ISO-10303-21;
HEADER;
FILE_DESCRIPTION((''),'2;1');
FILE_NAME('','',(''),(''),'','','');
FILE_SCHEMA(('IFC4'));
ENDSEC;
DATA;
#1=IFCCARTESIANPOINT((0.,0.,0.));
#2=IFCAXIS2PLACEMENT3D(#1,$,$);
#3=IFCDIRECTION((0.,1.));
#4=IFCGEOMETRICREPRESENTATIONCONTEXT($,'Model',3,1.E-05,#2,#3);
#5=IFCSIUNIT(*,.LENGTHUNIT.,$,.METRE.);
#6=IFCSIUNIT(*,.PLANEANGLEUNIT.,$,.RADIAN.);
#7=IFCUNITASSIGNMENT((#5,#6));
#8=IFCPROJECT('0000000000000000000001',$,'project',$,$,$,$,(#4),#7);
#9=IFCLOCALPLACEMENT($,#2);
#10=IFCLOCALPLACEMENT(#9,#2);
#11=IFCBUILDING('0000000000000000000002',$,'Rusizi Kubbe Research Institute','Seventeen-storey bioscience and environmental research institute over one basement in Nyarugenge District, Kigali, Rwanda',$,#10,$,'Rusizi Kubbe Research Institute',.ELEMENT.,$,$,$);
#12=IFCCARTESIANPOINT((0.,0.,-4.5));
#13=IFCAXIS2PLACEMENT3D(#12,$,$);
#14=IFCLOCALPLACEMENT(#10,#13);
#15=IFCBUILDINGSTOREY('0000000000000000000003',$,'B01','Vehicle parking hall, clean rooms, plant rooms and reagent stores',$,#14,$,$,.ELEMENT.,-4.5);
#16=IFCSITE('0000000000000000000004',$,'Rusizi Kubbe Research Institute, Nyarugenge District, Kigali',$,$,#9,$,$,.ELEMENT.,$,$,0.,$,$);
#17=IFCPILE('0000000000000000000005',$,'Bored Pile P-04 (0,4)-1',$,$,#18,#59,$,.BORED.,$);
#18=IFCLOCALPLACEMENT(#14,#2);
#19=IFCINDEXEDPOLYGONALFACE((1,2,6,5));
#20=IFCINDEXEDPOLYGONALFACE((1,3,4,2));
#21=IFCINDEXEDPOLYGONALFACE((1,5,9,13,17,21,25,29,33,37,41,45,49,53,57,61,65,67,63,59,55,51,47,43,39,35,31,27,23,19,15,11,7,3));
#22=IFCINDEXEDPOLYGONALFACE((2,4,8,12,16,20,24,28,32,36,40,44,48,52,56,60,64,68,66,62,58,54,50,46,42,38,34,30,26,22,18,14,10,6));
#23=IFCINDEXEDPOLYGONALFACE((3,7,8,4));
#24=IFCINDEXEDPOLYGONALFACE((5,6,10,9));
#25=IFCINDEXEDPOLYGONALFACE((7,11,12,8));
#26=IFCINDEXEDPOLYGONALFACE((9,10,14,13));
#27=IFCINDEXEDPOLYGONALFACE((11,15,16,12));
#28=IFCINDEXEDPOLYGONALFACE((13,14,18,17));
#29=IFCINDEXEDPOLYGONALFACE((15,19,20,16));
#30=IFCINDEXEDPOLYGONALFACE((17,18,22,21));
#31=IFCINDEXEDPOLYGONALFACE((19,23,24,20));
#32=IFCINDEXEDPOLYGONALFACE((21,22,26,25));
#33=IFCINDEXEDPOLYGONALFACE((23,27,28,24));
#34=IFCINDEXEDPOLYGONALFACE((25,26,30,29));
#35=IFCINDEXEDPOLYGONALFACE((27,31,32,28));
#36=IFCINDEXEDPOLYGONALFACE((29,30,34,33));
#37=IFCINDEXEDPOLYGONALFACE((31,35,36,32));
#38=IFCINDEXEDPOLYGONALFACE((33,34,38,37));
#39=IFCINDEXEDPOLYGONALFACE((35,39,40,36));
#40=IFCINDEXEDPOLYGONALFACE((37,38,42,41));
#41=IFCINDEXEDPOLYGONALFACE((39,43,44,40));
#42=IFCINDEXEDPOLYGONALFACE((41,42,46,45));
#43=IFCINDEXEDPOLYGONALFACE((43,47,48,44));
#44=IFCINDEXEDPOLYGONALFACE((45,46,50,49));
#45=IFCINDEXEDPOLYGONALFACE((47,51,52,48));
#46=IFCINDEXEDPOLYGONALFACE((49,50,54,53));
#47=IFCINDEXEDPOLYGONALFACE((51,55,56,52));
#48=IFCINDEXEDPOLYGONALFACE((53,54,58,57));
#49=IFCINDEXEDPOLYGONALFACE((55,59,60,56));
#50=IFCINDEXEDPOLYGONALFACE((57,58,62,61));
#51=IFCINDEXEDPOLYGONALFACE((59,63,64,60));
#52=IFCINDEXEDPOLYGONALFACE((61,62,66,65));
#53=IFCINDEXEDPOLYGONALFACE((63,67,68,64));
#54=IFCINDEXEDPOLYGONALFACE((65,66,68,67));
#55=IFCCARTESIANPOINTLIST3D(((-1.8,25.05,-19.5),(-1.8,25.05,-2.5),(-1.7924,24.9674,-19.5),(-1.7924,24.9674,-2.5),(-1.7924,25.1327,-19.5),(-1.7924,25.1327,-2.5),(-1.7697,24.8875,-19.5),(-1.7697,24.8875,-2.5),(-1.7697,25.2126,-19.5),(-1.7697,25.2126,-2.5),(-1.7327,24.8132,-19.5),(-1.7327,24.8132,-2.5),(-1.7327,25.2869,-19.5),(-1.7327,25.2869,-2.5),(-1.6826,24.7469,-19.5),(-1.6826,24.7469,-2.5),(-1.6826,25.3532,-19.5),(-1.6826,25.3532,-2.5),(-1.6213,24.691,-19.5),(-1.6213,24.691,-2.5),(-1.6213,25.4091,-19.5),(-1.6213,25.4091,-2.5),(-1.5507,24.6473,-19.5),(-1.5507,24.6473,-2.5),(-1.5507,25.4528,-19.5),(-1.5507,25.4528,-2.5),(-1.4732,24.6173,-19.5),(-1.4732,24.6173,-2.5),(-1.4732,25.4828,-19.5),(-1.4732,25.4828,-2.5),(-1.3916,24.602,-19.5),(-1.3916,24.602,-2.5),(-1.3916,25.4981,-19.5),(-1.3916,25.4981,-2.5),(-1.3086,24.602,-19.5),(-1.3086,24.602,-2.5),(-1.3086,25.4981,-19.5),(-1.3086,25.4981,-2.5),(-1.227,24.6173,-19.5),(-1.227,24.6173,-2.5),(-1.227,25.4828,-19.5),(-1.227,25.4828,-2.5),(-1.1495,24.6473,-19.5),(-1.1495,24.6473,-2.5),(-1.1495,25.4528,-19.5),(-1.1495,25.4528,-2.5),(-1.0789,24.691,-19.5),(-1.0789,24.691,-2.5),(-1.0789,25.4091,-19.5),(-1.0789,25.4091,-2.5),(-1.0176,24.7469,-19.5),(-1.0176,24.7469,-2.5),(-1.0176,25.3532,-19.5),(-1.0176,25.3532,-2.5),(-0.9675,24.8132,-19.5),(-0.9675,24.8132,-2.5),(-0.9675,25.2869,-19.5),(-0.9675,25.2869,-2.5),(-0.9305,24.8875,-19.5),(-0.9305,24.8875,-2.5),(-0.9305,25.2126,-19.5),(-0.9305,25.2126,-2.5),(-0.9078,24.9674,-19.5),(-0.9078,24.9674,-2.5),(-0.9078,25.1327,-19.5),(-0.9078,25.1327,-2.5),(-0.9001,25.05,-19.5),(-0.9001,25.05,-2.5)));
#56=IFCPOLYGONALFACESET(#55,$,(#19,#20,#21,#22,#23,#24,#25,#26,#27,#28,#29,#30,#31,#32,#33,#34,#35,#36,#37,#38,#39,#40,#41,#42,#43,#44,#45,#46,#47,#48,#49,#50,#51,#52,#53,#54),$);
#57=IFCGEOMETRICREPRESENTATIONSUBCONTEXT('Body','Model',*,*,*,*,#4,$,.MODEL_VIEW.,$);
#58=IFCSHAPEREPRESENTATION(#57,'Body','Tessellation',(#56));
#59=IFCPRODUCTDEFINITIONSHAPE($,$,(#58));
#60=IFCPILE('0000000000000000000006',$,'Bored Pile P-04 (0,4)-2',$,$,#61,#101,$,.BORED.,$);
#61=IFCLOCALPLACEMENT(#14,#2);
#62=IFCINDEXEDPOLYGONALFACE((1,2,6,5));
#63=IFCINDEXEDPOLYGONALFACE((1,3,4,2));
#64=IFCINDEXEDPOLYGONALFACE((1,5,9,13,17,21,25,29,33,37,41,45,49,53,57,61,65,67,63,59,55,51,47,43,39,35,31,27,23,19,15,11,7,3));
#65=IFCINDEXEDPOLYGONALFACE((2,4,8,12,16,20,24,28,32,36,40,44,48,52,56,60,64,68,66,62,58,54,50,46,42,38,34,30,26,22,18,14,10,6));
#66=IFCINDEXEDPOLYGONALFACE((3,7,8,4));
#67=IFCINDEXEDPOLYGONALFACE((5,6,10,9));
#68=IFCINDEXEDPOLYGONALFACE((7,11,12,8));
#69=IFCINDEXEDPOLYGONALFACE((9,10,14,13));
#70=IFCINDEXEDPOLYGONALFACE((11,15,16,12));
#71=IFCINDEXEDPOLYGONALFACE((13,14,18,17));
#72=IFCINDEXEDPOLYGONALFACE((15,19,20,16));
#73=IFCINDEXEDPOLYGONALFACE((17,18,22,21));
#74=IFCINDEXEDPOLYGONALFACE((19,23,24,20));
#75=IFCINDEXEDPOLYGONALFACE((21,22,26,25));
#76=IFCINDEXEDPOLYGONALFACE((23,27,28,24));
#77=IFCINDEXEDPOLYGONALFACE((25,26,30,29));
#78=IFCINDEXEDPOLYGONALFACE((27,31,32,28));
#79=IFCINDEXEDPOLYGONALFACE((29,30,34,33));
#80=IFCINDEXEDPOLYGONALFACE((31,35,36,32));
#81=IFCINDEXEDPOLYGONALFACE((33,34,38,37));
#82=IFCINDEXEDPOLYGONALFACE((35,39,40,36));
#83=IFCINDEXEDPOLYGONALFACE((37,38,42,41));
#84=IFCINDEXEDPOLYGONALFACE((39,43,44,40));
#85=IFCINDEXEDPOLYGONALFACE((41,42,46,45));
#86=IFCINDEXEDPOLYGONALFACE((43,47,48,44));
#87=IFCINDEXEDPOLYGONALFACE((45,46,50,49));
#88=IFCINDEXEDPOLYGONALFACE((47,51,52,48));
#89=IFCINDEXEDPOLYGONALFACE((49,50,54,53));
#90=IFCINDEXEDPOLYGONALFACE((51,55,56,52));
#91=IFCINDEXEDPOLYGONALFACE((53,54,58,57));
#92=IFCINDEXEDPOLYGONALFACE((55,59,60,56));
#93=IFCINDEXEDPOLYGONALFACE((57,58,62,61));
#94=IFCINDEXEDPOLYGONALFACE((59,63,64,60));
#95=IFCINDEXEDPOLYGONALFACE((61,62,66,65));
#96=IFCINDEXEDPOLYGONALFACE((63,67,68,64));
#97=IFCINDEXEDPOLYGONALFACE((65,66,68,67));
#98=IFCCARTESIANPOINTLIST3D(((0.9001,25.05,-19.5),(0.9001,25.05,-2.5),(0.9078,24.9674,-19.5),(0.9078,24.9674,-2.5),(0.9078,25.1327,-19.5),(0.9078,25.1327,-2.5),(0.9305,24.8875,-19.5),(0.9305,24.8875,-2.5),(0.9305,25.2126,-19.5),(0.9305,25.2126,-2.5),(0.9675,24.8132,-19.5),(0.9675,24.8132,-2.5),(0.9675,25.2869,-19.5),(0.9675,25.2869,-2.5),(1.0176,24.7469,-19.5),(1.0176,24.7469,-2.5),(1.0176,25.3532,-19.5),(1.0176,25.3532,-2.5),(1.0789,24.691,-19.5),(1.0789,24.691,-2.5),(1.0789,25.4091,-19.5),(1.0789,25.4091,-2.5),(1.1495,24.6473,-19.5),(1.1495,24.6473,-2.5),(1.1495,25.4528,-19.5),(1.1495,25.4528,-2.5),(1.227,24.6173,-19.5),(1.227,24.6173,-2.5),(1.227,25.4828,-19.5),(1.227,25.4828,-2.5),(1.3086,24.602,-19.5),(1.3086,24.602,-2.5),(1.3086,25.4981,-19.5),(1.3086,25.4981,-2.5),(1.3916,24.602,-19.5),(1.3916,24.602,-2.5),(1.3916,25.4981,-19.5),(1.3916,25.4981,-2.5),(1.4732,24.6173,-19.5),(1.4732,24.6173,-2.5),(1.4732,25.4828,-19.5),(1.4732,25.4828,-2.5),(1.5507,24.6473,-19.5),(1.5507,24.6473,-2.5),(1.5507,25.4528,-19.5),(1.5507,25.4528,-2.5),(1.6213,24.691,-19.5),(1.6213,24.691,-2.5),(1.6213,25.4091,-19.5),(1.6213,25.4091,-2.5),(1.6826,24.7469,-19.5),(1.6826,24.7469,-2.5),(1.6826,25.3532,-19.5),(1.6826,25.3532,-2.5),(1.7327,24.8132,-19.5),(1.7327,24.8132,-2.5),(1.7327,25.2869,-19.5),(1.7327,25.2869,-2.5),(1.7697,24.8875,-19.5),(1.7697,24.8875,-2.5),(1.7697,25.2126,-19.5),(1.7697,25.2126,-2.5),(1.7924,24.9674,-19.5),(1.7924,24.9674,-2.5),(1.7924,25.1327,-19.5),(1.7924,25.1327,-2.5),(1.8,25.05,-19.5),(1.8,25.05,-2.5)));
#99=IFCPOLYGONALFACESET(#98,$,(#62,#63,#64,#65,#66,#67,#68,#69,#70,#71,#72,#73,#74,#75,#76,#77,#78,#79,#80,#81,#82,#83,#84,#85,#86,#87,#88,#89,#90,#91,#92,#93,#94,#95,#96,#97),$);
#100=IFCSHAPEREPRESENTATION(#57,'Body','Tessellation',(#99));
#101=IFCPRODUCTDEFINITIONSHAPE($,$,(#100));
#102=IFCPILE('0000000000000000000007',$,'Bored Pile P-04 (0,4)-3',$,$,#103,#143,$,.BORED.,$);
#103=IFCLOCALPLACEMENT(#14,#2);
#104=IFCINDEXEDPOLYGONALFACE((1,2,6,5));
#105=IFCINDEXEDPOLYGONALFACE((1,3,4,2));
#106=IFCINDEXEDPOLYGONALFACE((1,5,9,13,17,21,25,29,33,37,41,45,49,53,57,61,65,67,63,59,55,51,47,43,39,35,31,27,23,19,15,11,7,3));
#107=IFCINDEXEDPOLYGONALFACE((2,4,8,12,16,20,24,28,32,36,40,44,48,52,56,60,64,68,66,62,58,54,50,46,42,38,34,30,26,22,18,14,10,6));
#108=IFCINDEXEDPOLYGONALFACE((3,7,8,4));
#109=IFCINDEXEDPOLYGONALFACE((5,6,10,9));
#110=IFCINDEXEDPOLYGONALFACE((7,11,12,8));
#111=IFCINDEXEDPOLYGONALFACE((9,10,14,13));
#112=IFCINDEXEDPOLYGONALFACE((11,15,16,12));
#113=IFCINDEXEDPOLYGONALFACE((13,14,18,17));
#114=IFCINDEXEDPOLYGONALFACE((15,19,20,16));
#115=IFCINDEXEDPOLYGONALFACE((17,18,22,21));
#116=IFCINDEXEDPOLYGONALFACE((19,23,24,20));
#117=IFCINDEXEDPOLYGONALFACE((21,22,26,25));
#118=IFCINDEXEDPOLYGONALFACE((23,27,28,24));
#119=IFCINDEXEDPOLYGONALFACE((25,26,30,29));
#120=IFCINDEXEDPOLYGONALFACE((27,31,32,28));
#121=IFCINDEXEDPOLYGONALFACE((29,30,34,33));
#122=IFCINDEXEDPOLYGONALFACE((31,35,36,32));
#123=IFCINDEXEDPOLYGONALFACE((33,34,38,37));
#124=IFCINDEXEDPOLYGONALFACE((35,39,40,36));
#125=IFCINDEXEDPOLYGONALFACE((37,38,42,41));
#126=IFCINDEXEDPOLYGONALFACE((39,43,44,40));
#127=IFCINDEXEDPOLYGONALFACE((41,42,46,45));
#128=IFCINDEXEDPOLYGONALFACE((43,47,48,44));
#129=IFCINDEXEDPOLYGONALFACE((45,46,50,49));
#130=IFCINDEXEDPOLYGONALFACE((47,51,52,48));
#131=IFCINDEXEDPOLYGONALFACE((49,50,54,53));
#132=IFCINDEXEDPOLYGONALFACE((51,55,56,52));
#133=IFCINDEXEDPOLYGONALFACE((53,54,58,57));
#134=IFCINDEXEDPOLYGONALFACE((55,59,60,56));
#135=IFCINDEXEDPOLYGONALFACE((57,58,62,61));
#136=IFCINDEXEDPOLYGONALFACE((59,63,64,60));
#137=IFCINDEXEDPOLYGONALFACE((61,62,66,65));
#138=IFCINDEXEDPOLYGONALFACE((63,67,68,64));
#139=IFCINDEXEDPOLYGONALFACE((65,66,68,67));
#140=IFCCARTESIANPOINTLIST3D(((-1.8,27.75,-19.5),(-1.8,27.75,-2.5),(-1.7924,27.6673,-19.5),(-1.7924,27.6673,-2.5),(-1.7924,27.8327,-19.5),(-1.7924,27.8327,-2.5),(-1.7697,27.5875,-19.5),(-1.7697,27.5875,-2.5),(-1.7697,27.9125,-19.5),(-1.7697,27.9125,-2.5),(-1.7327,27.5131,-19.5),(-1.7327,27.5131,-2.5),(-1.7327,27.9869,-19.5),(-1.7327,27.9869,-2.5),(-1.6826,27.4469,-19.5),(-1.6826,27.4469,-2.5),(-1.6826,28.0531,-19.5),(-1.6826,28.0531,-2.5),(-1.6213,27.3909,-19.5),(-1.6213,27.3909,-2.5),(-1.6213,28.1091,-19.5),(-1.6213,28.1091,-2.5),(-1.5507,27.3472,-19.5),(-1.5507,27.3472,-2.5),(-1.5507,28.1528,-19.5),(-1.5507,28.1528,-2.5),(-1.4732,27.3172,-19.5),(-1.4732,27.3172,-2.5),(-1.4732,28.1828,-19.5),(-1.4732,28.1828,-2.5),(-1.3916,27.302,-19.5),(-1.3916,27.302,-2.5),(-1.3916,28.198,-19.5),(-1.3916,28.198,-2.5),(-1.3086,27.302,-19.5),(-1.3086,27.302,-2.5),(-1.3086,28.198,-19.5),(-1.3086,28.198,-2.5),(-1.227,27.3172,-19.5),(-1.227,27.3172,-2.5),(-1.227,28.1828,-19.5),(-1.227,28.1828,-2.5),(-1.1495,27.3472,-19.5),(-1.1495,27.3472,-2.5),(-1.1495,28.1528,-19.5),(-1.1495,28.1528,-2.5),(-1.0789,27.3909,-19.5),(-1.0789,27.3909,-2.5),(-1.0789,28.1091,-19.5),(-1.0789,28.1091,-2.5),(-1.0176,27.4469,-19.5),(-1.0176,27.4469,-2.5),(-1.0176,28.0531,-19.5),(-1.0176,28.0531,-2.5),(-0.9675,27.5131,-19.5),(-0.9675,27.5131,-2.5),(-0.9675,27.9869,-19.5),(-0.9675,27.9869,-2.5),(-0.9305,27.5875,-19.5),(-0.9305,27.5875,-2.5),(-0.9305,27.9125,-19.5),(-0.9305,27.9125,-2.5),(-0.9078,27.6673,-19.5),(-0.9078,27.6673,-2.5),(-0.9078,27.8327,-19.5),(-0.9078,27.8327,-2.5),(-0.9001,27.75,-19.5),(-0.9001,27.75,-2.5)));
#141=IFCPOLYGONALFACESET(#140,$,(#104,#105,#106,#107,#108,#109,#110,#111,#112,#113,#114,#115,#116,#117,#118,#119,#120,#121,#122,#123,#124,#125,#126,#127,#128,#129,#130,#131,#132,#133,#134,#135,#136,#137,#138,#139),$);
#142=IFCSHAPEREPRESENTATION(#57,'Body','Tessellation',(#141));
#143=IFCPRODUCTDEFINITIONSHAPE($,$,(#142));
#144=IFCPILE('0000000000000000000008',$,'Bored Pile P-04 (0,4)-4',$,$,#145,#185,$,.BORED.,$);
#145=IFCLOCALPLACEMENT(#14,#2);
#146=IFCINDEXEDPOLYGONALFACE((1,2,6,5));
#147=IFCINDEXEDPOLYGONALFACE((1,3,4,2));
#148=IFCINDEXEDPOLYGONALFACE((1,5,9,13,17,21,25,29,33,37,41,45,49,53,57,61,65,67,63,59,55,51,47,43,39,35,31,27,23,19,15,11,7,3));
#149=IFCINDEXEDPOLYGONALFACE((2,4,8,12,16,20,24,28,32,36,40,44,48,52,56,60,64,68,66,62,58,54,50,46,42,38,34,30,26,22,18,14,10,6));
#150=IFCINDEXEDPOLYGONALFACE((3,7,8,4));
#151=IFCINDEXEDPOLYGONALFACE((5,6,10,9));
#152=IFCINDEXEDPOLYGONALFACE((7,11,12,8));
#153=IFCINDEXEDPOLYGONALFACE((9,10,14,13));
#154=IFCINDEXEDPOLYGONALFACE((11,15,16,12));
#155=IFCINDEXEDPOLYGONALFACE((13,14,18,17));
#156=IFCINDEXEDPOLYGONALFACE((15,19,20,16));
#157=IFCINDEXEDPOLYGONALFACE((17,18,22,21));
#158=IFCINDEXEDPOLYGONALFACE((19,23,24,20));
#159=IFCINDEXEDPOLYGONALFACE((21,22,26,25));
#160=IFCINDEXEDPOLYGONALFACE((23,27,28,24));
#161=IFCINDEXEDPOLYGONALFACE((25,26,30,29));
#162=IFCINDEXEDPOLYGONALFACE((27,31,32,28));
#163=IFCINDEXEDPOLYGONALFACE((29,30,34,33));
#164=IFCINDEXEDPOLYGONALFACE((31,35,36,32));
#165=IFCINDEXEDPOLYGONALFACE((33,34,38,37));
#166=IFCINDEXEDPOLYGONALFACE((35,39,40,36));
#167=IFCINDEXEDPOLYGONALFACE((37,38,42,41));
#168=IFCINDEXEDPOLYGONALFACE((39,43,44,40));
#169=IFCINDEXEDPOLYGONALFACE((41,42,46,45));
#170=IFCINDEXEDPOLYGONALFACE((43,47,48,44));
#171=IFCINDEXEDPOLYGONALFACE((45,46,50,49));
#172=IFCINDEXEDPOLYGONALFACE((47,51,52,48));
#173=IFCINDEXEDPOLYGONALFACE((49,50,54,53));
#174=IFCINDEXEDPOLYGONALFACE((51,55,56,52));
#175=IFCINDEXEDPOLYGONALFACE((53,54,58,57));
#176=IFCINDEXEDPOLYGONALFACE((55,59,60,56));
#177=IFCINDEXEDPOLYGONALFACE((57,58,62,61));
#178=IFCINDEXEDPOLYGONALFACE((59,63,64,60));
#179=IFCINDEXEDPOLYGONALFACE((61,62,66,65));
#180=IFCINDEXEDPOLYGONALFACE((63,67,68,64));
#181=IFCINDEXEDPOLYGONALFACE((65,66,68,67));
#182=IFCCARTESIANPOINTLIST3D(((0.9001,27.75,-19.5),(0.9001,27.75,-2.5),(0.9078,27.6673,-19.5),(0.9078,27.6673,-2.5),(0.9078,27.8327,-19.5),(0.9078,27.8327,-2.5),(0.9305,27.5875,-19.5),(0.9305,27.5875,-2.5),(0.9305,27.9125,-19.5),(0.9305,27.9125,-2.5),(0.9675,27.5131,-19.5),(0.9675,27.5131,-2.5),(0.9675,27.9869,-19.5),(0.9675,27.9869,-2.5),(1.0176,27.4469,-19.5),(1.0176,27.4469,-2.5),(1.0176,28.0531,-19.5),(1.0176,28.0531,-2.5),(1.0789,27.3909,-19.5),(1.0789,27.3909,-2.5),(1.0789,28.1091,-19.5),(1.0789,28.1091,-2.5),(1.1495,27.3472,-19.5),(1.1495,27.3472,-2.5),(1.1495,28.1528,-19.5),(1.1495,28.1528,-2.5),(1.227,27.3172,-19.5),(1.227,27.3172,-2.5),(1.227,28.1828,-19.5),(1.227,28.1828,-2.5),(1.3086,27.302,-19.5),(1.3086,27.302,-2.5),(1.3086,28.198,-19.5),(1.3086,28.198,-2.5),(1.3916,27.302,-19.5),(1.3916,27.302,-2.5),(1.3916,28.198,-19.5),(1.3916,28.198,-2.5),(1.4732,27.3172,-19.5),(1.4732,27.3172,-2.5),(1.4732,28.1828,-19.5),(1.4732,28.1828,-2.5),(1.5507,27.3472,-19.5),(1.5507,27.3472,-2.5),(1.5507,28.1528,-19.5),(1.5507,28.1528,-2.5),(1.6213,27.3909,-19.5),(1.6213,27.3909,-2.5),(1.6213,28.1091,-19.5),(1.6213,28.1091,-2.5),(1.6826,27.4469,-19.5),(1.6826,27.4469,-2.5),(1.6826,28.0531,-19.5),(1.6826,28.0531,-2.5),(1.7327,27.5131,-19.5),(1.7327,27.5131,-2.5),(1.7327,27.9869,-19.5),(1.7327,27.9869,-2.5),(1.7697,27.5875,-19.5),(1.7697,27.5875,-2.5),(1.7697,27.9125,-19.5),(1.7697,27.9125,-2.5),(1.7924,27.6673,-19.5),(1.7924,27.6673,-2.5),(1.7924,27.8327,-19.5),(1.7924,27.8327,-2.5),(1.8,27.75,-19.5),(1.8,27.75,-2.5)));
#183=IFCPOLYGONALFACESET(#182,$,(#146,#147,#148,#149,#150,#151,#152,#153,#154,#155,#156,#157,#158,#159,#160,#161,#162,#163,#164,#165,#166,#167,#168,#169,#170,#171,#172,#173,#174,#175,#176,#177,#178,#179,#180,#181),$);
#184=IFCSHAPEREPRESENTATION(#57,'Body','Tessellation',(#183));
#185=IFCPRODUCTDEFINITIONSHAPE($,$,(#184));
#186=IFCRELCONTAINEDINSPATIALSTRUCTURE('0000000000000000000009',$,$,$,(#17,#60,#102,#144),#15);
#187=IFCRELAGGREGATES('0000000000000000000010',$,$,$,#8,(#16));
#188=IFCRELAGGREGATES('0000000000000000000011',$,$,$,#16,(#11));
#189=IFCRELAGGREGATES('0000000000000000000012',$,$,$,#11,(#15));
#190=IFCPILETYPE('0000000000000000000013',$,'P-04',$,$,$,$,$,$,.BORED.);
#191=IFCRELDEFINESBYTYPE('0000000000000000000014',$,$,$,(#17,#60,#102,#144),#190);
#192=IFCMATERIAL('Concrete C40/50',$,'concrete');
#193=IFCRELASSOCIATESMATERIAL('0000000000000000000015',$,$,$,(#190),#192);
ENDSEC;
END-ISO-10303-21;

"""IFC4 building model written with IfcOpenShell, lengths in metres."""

from ifc_helpers import new_model, si_unit, direction, frame, origin, origin_2d, place, context, subcontext, project, spatial, circle, extrude, material, material_profile, profile_set, type_object, element, save


model = new_model("IFC4")

# Units and contexts
model_context = context("Model", 3, precision=1e-05, world=origin(), true_north=direction((0.0, 1.0)))
body_context = subcontext(model_context, "Body", "Model", "MODEL_VIEW")
ifc_project = project(units=[si_unit("LENGTHUNIT", "METRE"), si_unit("PLANEANGLEUNIT", "RADIAN")], contexts=[model_context])

# Site, building, storey
site_placement = place(None, origin())
site = spatial("IfcSite", under=ifc_project, at=site_placement, Name="Rusizi Kubbe Research Institute, Nyarugenge District, Kigali", CompositionType="ELEMENT", RefElevation=0.0)
building_placement = place(site_placement, origin())
building = spatial("IfcBuilding", under=site, at=building_placement, Name="Rusizi Kubbe Research Institute", Description="Seventeen-storey bioscience and environmental research institute over one basement in Nyarugenge District, Kigali, Rwanda", LongName="Rusizi Kubbe Research Institute", CompositionType="ELEMENT")
storey_placement = place(building_placement, frame((0.0, 0.0, -4.5)))
storey = spatial("IfcBuildingStorey", under=building, at=storey_placement, Name="B01", Description="Vehicle parking hall, clean rooms, plant rooms and reagent stores", CompositionType="ELEMENT", Elevation=-4.5)

# Piles
ifc_material_1 = material(Name="Concrete C40/50", Category="concrete")
ifc_material_profile_1 = material_profile(ifc_material_1, circle(Radius=0.45, at=origin_2d()), Name="PILE-D900")
ifc_profile_set_1 = profile_set([ifc_material_profile_1], Name="Concrete C40/50")
pile_type_1 = type_object("IfcPileType", Name="P-04", PredefinedType="BORED", material=ifc_profile_set_1)
for number, where, z_axis, x_axis, name in (
    (1, (-1.3501, 25.05, -2.5), (0.0, 0.0, -1.0), (1.0, 0.0, 0.0), "Bored Pile P-04 (0,4)-1"),
    (2, (1.3501, 25.05, -2.5), (0.0, 0.0, -1.0), (1.0, 0.0, 0.0), "Bored Pile P-04 (0,4)-2"),
    (3, (-1.3501, 27.75, -2.5), (0.0, 0.0, -1.0), (1.0, 0.0, 0.0), "Bored Pile P-04 (0,4)-3"),
    (4, (1.3501, 27.75, -2.5), (0.0, 0.0, -1.0), (1.0, 0.0, 0.0), "Bored Pile P-04 (0,4)-4"),
):
    element("IfcPile", number, at=place(storey_placement, frame(where, z_axis=z_axis, x_axis=x_axis)), inside=storey, type_object=pile_type_1, Name=name, PredefinedType="BORED", context=body_context, shape_type="SweptSolid", body=[
        extrude(circle(Radius=0.45, at=origin_2d()), origin(), (0.0, 0.0, 1.0), 17.0),
    ])

save(model, "model.ifc")
